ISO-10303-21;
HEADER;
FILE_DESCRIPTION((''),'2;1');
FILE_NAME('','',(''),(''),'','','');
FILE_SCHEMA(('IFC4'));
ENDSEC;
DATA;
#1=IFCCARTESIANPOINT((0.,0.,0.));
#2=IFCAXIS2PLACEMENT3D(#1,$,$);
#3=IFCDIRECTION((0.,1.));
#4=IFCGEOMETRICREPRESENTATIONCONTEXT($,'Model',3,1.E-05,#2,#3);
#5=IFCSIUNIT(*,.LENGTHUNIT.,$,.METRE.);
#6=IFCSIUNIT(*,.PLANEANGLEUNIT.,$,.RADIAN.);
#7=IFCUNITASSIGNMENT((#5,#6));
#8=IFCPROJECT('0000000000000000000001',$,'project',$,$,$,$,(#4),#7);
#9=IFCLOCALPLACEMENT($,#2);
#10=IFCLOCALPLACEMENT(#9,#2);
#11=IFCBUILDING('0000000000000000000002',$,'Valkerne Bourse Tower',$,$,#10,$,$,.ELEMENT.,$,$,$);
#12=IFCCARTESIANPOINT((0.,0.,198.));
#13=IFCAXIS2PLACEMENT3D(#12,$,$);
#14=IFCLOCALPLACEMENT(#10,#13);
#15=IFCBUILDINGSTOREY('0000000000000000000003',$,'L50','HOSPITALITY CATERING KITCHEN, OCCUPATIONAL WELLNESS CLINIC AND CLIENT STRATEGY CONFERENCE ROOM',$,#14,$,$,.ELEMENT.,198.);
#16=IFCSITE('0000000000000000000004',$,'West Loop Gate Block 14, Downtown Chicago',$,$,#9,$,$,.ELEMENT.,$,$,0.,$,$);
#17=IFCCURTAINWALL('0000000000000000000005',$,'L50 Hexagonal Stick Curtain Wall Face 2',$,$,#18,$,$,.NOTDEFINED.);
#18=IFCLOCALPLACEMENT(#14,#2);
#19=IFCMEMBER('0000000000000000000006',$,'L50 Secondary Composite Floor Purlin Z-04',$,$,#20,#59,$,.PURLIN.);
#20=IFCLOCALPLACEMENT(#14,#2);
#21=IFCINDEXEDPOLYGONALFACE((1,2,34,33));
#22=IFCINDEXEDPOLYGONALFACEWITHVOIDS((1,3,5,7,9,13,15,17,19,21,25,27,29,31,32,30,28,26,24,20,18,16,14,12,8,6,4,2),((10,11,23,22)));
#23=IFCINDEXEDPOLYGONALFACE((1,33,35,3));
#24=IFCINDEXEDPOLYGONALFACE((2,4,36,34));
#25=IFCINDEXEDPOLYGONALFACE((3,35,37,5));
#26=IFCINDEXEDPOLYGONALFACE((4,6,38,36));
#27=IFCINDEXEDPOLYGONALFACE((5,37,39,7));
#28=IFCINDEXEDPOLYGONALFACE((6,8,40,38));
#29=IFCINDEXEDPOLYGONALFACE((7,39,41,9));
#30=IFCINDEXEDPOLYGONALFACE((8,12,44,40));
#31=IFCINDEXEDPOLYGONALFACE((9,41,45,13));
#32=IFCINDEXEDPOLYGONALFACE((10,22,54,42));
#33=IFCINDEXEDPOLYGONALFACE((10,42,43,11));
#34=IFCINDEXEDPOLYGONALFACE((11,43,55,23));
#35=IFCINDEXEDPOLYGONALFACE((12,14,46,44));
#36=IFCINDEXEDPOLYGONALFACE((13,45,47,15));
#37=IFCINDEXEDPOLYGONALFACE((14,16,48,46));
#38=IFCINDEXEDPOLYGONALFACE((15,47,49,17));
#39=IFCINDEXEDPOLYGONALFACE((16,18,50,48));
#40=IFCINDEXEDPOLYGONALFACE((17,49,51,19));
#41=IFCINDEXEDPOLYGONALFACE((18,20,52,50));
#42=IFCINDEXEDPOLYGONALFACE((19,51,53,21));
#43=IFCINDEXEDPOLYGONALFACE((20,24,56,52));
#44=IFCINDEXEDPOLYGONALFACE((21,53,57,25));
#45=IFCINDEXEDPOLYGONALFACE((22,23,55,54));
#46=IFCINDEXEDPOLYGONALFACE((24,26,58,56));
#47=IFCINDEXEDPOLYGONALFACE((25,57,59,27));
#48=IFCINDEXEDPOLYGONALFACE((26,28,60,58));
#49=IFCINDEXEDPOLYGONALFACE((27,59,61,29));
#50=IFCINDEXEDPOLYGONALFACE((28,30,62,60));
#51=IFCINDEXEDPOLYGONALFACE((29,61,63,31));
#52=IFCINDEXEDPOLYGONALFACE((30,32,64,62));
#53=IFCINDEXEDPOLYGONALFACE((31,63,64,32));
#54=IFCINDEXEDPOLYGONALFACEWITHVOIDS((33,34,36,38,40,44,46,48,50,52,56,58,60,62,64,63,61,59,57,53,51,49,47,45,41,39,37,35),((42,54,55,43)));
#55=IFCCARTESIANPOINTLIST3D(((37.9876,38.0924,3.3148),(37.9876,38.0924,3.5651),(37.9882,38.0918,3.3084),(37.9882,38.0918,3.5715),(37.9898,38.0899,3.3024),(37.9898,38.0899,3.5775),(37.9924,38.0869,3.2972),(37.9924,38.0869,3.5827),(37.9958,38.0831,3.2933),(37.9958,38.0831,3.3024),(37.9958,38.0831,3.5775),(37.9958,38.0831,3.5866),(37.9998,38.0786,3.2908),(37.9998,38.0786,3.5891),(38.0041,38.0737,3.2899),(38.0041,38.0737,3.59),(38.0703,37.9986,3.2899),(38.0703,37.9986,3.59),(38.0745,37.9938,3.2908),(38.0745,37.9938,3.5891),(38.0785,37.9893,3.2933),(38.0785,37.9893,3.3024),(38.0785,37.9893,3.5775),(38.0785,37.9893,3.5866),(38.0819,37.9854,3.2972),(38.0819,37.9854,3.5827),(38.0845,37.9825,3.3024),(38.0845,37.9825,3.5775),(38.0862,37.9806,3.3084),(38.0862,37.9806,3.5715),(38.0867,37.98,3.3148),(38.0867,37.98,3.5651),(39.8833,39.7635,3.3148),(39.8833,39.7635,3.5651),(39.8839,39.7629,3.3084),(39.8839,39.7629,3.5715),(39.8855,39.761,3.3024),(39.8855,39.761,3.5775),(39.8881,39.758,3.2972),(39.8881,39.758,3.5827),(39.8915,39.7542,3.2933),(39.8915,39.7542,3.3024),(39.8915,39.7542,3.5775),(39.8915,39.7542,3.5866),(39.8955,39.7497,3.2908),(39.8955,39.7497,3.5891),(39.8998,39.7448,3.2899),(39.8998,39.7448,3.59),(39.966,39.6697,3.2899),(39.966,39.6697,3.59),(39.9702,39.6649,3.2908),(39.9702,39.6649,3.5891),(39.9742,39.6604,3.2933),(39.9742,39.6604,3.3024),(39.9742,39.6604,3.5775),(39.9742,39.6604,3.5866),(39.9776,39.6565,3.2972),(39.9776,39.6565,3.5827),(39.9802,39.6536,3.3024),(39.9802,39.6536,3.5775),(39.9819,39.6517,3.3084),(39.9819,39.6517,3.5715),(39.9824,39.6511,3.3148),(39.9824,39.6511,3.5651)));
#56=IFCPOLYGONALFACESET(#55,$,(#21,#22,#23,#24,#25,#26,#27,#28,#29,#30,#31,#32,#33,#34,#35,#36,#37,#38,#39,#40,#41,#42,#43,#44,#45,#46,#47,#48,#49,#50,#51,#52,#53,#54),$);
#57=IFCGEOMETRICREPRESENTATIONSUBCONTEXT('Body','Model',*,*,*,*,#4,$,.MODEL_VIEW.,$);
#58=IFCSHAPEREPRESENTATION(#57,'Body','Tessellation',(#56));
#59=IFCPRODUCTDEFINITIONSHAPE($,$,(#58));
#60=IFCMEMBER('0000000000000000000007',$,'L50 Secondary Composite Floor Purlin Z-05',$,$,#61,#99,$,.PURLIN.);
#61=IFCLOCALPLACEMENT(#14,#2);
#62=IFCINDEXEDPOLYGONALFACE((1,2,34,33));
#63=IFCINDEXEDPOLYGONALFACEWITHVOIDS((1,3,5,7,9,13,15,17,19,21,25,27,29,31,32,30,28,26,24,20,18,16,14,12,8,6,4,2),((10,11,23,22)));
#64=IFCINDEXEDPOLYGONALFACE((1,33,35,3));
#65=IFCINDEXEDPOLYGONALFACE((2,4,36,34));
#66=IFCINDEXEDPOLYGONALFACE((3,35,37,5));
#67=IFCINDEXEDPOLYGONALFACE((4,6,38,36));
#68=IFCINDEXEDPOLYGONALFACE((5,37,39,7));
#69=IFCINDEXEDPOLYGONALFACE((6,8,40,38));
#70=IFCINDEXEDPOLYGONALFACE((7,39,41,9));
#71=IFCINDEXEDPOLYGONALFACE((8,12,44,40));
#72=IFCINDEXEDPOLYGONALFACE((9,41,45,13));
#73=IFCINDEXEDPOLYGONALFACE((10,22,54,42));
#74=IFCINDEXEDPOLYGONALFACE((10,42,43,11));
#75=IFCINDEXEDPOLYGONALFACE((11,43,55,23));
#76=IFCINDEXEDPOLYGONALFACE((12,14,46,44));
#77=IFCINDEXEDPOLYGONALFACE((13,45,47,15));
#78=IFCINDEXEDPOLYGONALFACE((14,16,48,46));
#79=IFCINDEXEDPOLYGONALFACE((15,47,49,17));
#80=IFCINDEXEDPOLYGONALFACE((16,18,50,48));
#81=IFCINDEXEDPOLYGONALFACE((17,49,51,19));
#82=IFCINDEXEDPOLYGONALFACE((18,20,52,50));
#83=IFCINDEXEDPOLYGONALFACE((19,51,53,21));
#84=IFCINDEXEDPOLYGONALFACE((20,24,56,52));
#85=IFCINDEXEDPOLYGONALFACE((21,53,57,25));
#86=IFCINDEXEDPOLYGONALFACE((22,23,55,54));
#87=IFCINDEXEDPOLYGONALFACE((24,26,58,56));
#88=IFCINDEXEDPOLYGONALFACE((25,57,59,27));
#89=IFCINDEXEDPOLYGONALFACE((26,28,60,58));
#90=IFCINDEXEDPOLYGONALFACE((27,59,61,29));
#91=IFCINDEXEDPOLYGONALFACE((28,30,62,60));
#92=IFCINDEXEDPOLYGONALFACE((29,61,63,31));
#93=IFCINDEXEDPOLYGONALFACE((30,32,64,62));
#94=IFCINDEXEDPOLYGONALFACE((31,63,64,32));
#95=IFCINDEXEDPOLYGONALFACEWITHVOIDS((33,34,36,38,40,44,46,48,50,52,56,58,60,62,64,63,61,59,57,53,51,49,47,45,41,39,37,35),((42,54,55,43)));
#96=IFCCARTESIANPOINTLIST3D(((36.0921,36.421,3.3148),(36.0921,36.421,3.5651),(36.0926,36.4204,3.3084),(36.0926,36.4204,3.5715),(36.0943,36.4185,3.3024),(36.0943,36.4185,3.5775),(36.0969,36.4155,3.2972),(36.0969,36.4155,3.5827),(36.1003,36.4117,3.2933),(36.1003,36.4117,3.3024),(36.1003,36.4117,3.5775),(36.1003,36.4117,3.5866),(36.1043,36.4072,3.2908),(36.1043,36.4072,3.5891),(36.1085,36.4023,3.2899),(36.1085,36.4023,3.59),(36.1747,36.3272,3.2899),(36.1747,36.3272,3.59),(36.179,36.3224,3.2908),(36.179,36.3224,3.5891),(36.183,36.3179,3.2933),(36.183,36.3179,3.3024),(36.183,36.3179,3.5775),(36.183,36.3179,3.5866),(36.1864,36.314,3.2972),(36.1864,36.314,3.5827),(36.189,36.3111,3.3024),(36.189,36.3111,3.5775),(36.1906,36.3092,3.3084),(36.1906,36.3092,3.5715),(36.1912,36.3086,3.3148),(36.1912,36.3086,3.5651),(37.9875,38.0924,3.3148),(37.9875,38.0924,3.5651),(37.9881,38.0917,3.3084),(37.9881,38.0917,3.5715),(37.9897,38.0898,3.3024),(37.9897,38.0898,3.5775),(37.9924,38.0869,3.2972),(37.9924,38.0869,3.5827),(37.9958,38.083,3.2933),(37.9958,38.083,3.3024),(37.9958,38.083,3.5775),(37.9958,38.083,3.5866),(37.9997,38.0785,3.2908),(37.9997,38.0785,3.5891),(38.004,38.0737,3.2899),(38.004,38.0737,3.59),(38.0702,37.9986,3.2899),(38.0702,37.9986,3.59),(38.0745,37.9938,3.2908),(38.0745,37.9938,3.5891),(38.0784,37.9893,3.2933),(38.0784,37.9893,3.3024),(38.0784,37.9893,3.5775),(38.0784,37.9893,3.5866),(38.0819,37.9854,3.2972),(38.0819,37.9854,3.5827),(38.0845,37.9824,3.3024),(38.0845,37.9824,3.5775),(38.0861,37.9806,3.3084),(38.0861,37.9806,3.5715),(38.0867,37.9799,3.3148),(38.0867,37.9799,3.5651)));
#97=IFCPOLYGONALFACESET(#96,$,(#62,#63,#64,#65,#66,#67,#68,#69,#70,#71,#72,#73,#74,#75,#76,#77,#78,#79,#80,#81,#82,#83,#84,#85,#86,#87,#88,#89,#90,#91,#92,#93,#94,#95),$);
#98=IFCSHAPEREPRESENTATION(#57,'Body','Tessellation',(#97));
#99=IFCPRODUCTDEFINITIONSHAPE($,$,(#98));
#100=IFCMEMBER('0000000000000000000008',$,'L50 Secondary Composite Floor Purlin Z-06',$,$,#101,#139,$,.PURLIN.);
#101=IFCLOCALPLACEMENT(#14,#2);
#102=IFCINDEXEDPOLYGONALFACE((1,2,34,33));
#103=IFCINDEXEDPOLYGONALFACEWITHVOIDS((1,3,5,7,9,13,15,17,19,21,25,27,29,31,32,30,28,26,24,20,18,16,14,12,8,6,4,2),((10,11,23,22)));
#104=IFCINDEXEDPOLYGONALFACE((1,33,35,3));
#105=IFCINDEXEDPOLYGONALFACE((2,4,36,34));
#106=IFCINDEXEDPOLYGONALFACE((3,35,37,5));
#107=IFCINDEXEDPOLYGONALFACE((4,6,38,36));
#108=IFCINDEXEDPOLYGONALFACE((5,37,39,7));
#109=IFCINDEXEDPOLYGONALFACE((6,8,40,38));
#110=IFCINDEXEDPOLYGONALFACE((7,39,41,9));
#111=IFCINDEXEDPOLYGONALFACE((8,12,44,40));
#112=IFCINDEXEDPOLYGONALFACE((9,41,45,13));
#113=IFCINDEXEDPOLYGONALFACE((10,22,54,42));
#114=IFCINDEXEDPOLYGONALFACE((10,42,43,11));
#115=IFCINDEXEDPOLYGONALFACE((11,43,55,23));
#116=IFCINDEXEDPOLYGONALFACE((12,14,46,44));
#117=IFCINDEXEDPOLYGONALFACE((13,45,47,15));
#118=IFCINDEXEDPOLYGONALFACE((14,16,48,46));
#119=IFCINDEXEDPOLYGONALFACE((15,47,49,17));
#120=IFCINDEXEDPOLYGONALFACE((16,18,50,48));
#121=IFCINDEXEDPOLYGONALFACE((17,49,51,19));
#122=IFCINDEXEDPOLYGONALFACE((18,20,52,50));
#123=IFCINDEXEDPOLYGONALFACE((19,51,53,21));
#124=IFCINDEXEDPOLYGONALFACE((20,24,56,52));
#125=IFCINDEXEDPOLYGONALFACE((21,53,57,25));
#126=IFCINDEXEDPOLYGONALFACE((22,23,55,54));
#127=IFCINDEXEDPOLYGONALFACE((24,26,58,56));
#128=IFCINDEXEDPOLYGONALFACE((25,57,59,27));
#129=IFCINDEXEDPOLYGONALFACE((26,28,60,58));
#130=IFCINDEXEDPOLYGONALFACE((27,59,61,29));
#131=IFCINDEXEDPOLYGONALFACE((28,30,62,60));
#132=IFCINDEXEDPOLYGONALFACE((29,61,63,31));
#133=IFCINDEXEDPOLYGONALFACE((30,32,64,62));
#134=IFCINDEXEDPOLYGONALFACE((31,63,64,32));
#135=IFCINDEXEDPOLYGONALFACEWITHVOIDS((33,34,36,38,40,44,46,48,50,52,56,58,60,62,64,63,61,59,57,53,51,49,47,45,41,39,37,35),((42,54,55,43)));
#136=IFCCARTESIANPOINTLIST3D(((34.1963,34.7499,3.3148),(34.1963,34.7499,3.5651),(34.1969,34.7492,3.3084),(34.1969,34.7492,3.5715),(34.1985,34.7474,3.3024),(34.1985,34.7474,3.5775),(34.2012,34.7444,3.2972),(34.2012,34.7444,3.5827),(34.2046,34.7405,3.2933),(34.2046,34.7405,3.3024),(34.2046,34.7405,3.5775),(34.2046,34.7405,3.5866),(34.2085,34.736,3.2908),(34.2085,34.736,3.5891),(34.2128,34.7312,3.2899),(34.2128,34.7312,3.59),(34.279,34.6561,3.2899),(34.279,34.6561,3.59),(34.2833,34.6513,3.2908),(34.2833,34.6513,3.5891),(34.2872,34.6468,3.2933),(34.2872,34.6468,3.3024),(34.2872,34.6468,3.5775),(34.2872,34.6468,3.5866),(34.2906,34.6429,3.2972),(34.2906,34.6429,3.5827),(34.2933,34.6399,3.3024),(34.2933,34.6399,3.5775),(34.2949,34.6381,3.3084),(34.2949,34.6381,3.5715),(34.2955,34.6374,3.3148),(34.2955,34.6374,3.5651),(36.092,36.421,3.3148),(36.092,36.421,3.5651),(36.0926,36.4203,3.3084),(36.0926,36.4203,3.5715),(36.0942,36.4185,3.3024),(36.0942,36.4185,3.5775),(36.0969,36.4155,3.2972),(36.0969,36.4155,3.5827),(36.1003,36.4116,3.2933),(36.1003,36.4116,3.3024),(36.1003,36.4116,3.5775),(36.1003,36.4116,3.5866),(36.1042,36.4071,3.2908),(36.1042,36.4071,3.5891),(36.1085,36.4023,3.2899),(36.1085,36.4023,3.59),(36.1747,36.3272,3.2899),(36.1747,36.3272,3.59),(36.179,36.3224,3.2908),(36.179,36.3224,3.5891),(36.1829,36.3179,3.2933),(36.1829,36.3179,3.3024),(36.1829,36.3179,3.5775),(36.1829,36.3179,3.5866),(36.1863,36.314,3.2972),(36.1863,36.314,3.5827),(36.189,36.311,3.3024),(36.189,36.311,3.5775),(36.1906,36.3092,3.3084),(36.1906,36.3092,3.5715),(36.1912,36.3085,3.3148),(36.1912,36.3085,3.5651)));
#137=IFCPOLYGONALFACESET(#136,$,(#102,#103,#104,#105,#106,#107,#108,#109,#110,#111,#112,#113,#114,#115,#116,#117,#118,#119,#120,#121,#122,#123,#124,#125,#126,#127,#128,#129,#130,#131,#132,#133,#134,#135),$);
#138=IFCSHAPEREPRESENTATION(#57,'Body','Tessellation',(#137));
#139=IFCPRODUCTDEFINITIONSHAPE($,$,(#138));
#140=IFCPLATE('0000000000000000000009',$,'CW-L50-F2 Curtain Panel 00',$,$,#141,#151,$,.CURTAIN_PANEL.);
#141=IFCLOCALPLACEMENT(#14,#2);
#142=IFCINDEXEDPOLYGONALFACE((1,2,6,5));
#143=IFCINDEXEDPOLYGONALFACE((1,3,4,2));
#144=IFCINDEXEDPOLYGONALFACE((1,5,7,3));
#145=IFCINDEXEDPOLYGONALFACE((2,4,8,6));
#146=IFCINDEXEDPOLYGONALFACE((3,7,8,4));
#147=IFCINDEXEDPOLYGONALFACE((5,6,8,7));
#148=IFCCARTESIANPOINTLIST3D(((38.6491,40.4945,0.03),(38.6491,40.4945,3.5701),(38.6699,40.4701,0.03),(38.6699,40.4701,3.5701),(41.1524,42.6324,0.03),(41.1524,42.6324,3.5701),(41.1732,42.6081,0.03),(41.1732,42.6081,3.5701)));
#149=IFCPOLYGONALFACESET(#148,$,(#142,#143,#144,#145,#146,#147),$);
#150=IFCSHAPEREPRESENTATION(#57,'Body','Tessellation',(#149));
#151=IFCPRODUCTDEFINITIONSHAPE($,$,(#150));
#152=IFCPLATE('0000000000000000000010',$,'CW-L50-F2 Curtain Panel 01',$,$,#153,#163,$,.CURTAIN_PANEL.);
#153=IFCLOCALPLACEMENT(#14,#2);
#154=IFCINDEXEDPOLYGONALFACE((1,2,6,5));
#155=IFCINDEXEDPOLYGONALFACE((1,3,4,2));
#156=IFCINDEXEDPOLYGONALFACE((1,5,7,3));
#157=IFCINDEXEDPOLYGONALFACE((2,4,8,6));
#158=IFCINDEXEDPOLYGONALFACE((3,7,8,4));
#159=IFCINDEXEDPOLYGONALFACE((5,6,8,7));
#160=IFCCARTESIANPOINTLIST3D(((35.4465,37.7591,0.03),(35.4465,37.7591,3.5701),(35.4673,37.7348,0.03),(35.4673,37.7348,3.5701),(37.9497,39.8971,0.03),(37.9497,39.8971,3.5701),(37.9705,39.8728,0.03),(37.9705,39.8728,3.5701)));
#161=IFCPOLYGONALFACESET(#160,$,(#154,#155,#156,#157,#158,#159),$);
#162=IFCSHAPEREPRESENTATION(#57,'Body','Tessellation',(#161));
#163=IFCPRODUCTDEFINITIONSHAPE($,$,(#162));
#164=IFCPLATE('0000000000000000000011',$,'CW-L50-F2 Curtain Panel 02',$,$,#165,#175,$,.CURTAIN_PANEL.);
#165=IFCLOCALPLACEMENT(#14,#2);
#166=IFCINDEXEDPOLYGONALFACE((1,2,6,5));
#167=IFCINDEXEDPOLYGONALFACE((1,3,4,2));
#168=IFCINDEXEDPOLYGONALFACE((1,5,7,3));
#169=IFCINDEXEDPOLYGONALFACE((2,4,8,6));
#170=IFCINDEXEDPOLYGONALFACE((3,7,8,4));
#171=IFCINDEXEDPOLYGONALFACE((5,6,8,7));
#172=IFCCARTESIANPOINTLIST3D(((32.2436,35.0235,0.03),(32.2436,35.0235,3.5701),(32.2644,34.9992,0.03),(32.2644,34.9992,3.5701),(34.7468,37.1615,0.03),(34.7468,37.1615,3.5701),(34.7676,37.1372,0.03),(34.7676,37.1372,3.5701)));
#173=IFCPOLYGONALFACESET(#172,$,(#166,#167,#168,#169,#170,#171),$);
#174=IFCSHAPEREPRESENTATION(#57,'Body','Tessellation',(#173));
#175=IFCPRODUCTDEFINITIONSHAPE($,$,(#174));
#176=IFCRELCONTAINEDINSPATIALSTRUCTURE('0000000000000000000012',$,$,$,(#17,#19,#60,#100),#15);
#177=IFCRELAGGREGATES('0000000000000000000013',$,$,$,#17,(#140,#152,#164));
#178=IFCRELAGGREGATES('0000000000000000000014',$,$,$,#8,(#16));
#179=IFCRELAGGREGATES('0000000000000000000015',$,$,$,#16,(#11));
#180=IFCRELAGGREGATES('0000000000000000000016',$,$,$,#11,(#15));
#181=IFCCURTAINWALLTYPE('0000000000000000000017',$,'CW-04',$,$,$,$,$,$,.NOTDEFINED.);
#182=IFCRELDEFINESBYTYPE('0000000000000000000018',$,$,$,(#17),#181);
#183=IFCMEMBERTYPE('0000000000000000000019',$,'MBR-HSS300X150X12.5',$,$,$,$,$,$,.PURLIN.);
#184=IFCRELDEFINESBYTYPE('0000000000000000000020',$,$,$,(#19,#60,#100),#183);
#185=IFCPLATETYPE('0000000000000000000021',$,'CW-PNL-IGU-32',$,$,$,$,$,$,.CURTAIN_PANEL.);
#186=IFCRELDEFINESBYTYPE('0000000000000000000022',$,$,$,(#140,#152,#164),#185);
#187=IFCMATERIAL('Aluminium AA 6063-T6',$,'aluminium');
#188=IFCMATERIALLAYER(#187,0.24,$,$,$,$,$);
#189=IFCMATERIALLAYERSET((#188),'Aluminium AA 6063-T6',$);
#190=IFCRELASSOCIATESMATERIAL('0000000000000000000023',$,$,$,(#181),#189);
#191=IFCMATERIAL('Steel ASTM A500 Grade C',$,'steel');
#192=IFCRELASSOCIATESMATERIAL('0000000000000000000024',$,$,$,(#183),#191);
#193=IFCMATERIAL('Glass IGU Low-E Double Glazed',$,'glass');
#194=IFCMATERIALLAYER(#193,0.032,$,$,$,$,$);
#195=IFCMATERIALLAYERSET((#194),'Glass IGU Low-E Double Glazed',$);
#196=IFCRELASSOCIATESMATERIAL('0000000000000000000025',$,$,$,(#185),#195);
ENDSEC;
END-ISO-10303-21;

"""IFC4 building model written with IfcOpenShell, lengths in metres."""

from ifc_helpers import new_model, si_unit, direction, frame, origin, origin_2d, place, context, subcontext, project, spatial, rectangle, hollow_rectangle, extrude, material, layer, layer_set, material_profile, profile_set, type_object, element, aggregate, save


model = new_model("IFC4")

# Units and contexts
model_context = context("Model", 3, precision=1e-05, world=origin(), true_north=direction((0.0, 1.0)))
body_context = subcontext(model_context, "Body", "Model", "MODEL_VIEW")
ifc_project = project(units=[si_unit("LENGTHUNIT", "METRE"), si_unit("PLANEANGLEUNIT", "RADIAN")], contexts=[model_context])

# Site, building, storey
site_placement = place(None, origin())
site = spatial("IfcSite", under=ifc_project, at=site_placement, Name="West Loop Gate Block 14, Downtown Chicago", CompositionType="ELEMENT", RefElevation=0.0)
building_placement = place(site_placement, origin())
building = spatial("IfcBuilding", under=site, at=building_placement, Name="Valkerne Bourse Tower", CompositionType="ELEMENT")
storey_placement = place(building_placement, frame((0.0, 0.0, 198.0)))
storey = spatial("IfcBuildingStorey", under=building, at=storey_placement, Name="L50", Description="HOSPITALITY CATERING KITCHEN, OCCUPATIONAL WELLNESS CLINIC AND CLIENT STRATEGY CONFERENCE ROOM", CompositionType="ELEMENT", Elevation=198.0)

# Curtain wall
ifc_material_1 = material(Name="Aluminium AA 6063-T6", Category="aluminium")
ifc_layer_1 = layer(ifc_material_1, 0.24)
ifc_layer_set_1 = layer_set([ifc_layer_1], Name="Aluminium AA 6063-T6")
curtain_wall_type = type_object("IfcCurtainWallType", Name="CW-04", PredefinedType="NOTDEFINED", material=ifc_layer_set_1)
curtain_wall_placement = place(storey_placement, origin())
curtain_wall = element("IfcCurtainWall", 1, at=curtain_wall_placement, inside=storey, type_object=curtain_wall_type, Name="L50 Hexagonal Stick Curtain Wall Face 2", PredefinedType="NOTDEFINED")

# Members
ifc_material_2 = material(Name="Steel ASTM A500 Grade C", Category="steel")
ifc_material_profile_1 = material_profile(ifc_material_2, hollow_rectangle(XDim=0.1499, YDim=0.3, WallThickness=0.0125, OuterFilletRadius=0.0249, at=origin_2d()), Name="HSS300X150X12.5")
ifc_profile_set_1 = profile_set([ifc_material_profile_1], Name="Steel ASTM A500 Grade C")
member_type_1 = type_object("IfcMemberType", Name="MBR-HSS300X150X12.5", PredefinedType="PURLIN", material=ifc_profile_set_1)
for number, where, z_axis, x_axis, name in (
    (2, (39.9329, 39.7073, 3.4399), (-0.750148, -0.66127, 0.0), (0.66127, -0.750148, 0.0), "L50 Secondary Composite Floor Purlin Z-04"),
    (3, (38.0371, 38.0361, 3.4399), (-0.750058, -0.661372, 0.0), (0.661372, -0.750058, 0.0), "L50 Secondary Composite Floor Purlin Z-05"),
    (4, (36.1416, 36.3647, 3.4399), (-0.750148, -0.66127, 0.0), (0.66127, -0.750148, 0.0), "L50 Secondary Composite Floor Purlin Z-06"),
):
    element("IfcMember", number, at=place(storey_placement, frame(where, z_axis=z_axis, x_axis=x_axis)), inside=storey, type_object=member_type_1, Name=name, PredefinedType="PURLIN", context=body_context, shape_type="SweptSolid", body=[
        extrude(hollow_rectangle(XDim=0.1499, YDim=0.3, WallThickness=0.0125, OuterFilletRadius=0.0249, at=origin_2d()), origin(), (0.0, 0.0, 1.0), 2.5271),
    ])

# Plates
ifc_material_3 = material(Name="Glass IGU Low-E Double Glazed", Category="glass")
ifc_layer_2 = layer(ifc_material_3, 0.032)
ifc_layer_set_2 = layer_set([ifc_layer_2], Name="Glass IGU Low-E Double Glazed")
plate_type = type_object("IfcPlateType", Name="CW-PNL-IGU-32", PredefinedType="CURTAIN_PANEL", material=ifc_layer_set_2)
plate_1_placement = place(storey_placement, frame((39.9111, 41.5513, 0.03), z_axis=(0.0, 0.0, 1.0), x_axis=(-0.760412, -0.649441, 0.0)))
plate_1 = element("IfcPlate", 5, at=plate_1_placement, type_object=plate_type, Name="CW-L50-F2 Curtain Panel 00", PredefinedType="CURTAIN_PANEL", context=body_context, shape_type="SweptSolid", body=[
    extrude(rectangle(XDim=3.292, YDim=0.032, at=origin_2d()), origin(), (0.0, 0.0, 1.0), 3.54),
])
plate_2_placement = place(storey_placement, frame((36.7085, 38.8159, 0.03), z_axis=(0.0, 0.0, 1.0), x_axis=(-0.7604, -0.649455, 0.0)))
plate_2 = element("IfcPlate", 6, at=plate_2_placement, type_object=plate_type, Name="CW-L50-F2 Curtain Panel 01", PredefinedType="CURTAIN_PANEL", context=body_context, shape_type="SweptSolid", body=[
    extrude(rectangle(XDim=3.292, YDim=0.032, at=origin_2d()), origin(), (0.0, 0.0, 1.0), 3.54),
])
plate_3_placement = place(storey_placement, frame((33.5056, 36.0803, 0.03), z_axis=(0.0, 0.0, 1.0), x_axis=(-0.7604, -0.649455, 0.0)))
plate_3 = element("IfcPlate", 7, at=plate_3_placement, type_object=plate_type, Name="CW-L50-F2 Curtain Panel 02", PredefinedType="CURTAIN_PANEL", context=body_context, shape_type="SweptSolid", body=[
    extrude(rectangle(XDim=3.292, YDim=0.032, at=origin_2d()), origin(), (0.0, 0.0, 1.0), 3.54),
])
aggregate(curtain_wall, [plate_1, plate_2, plate_3])

save(model, "model.ifc")
